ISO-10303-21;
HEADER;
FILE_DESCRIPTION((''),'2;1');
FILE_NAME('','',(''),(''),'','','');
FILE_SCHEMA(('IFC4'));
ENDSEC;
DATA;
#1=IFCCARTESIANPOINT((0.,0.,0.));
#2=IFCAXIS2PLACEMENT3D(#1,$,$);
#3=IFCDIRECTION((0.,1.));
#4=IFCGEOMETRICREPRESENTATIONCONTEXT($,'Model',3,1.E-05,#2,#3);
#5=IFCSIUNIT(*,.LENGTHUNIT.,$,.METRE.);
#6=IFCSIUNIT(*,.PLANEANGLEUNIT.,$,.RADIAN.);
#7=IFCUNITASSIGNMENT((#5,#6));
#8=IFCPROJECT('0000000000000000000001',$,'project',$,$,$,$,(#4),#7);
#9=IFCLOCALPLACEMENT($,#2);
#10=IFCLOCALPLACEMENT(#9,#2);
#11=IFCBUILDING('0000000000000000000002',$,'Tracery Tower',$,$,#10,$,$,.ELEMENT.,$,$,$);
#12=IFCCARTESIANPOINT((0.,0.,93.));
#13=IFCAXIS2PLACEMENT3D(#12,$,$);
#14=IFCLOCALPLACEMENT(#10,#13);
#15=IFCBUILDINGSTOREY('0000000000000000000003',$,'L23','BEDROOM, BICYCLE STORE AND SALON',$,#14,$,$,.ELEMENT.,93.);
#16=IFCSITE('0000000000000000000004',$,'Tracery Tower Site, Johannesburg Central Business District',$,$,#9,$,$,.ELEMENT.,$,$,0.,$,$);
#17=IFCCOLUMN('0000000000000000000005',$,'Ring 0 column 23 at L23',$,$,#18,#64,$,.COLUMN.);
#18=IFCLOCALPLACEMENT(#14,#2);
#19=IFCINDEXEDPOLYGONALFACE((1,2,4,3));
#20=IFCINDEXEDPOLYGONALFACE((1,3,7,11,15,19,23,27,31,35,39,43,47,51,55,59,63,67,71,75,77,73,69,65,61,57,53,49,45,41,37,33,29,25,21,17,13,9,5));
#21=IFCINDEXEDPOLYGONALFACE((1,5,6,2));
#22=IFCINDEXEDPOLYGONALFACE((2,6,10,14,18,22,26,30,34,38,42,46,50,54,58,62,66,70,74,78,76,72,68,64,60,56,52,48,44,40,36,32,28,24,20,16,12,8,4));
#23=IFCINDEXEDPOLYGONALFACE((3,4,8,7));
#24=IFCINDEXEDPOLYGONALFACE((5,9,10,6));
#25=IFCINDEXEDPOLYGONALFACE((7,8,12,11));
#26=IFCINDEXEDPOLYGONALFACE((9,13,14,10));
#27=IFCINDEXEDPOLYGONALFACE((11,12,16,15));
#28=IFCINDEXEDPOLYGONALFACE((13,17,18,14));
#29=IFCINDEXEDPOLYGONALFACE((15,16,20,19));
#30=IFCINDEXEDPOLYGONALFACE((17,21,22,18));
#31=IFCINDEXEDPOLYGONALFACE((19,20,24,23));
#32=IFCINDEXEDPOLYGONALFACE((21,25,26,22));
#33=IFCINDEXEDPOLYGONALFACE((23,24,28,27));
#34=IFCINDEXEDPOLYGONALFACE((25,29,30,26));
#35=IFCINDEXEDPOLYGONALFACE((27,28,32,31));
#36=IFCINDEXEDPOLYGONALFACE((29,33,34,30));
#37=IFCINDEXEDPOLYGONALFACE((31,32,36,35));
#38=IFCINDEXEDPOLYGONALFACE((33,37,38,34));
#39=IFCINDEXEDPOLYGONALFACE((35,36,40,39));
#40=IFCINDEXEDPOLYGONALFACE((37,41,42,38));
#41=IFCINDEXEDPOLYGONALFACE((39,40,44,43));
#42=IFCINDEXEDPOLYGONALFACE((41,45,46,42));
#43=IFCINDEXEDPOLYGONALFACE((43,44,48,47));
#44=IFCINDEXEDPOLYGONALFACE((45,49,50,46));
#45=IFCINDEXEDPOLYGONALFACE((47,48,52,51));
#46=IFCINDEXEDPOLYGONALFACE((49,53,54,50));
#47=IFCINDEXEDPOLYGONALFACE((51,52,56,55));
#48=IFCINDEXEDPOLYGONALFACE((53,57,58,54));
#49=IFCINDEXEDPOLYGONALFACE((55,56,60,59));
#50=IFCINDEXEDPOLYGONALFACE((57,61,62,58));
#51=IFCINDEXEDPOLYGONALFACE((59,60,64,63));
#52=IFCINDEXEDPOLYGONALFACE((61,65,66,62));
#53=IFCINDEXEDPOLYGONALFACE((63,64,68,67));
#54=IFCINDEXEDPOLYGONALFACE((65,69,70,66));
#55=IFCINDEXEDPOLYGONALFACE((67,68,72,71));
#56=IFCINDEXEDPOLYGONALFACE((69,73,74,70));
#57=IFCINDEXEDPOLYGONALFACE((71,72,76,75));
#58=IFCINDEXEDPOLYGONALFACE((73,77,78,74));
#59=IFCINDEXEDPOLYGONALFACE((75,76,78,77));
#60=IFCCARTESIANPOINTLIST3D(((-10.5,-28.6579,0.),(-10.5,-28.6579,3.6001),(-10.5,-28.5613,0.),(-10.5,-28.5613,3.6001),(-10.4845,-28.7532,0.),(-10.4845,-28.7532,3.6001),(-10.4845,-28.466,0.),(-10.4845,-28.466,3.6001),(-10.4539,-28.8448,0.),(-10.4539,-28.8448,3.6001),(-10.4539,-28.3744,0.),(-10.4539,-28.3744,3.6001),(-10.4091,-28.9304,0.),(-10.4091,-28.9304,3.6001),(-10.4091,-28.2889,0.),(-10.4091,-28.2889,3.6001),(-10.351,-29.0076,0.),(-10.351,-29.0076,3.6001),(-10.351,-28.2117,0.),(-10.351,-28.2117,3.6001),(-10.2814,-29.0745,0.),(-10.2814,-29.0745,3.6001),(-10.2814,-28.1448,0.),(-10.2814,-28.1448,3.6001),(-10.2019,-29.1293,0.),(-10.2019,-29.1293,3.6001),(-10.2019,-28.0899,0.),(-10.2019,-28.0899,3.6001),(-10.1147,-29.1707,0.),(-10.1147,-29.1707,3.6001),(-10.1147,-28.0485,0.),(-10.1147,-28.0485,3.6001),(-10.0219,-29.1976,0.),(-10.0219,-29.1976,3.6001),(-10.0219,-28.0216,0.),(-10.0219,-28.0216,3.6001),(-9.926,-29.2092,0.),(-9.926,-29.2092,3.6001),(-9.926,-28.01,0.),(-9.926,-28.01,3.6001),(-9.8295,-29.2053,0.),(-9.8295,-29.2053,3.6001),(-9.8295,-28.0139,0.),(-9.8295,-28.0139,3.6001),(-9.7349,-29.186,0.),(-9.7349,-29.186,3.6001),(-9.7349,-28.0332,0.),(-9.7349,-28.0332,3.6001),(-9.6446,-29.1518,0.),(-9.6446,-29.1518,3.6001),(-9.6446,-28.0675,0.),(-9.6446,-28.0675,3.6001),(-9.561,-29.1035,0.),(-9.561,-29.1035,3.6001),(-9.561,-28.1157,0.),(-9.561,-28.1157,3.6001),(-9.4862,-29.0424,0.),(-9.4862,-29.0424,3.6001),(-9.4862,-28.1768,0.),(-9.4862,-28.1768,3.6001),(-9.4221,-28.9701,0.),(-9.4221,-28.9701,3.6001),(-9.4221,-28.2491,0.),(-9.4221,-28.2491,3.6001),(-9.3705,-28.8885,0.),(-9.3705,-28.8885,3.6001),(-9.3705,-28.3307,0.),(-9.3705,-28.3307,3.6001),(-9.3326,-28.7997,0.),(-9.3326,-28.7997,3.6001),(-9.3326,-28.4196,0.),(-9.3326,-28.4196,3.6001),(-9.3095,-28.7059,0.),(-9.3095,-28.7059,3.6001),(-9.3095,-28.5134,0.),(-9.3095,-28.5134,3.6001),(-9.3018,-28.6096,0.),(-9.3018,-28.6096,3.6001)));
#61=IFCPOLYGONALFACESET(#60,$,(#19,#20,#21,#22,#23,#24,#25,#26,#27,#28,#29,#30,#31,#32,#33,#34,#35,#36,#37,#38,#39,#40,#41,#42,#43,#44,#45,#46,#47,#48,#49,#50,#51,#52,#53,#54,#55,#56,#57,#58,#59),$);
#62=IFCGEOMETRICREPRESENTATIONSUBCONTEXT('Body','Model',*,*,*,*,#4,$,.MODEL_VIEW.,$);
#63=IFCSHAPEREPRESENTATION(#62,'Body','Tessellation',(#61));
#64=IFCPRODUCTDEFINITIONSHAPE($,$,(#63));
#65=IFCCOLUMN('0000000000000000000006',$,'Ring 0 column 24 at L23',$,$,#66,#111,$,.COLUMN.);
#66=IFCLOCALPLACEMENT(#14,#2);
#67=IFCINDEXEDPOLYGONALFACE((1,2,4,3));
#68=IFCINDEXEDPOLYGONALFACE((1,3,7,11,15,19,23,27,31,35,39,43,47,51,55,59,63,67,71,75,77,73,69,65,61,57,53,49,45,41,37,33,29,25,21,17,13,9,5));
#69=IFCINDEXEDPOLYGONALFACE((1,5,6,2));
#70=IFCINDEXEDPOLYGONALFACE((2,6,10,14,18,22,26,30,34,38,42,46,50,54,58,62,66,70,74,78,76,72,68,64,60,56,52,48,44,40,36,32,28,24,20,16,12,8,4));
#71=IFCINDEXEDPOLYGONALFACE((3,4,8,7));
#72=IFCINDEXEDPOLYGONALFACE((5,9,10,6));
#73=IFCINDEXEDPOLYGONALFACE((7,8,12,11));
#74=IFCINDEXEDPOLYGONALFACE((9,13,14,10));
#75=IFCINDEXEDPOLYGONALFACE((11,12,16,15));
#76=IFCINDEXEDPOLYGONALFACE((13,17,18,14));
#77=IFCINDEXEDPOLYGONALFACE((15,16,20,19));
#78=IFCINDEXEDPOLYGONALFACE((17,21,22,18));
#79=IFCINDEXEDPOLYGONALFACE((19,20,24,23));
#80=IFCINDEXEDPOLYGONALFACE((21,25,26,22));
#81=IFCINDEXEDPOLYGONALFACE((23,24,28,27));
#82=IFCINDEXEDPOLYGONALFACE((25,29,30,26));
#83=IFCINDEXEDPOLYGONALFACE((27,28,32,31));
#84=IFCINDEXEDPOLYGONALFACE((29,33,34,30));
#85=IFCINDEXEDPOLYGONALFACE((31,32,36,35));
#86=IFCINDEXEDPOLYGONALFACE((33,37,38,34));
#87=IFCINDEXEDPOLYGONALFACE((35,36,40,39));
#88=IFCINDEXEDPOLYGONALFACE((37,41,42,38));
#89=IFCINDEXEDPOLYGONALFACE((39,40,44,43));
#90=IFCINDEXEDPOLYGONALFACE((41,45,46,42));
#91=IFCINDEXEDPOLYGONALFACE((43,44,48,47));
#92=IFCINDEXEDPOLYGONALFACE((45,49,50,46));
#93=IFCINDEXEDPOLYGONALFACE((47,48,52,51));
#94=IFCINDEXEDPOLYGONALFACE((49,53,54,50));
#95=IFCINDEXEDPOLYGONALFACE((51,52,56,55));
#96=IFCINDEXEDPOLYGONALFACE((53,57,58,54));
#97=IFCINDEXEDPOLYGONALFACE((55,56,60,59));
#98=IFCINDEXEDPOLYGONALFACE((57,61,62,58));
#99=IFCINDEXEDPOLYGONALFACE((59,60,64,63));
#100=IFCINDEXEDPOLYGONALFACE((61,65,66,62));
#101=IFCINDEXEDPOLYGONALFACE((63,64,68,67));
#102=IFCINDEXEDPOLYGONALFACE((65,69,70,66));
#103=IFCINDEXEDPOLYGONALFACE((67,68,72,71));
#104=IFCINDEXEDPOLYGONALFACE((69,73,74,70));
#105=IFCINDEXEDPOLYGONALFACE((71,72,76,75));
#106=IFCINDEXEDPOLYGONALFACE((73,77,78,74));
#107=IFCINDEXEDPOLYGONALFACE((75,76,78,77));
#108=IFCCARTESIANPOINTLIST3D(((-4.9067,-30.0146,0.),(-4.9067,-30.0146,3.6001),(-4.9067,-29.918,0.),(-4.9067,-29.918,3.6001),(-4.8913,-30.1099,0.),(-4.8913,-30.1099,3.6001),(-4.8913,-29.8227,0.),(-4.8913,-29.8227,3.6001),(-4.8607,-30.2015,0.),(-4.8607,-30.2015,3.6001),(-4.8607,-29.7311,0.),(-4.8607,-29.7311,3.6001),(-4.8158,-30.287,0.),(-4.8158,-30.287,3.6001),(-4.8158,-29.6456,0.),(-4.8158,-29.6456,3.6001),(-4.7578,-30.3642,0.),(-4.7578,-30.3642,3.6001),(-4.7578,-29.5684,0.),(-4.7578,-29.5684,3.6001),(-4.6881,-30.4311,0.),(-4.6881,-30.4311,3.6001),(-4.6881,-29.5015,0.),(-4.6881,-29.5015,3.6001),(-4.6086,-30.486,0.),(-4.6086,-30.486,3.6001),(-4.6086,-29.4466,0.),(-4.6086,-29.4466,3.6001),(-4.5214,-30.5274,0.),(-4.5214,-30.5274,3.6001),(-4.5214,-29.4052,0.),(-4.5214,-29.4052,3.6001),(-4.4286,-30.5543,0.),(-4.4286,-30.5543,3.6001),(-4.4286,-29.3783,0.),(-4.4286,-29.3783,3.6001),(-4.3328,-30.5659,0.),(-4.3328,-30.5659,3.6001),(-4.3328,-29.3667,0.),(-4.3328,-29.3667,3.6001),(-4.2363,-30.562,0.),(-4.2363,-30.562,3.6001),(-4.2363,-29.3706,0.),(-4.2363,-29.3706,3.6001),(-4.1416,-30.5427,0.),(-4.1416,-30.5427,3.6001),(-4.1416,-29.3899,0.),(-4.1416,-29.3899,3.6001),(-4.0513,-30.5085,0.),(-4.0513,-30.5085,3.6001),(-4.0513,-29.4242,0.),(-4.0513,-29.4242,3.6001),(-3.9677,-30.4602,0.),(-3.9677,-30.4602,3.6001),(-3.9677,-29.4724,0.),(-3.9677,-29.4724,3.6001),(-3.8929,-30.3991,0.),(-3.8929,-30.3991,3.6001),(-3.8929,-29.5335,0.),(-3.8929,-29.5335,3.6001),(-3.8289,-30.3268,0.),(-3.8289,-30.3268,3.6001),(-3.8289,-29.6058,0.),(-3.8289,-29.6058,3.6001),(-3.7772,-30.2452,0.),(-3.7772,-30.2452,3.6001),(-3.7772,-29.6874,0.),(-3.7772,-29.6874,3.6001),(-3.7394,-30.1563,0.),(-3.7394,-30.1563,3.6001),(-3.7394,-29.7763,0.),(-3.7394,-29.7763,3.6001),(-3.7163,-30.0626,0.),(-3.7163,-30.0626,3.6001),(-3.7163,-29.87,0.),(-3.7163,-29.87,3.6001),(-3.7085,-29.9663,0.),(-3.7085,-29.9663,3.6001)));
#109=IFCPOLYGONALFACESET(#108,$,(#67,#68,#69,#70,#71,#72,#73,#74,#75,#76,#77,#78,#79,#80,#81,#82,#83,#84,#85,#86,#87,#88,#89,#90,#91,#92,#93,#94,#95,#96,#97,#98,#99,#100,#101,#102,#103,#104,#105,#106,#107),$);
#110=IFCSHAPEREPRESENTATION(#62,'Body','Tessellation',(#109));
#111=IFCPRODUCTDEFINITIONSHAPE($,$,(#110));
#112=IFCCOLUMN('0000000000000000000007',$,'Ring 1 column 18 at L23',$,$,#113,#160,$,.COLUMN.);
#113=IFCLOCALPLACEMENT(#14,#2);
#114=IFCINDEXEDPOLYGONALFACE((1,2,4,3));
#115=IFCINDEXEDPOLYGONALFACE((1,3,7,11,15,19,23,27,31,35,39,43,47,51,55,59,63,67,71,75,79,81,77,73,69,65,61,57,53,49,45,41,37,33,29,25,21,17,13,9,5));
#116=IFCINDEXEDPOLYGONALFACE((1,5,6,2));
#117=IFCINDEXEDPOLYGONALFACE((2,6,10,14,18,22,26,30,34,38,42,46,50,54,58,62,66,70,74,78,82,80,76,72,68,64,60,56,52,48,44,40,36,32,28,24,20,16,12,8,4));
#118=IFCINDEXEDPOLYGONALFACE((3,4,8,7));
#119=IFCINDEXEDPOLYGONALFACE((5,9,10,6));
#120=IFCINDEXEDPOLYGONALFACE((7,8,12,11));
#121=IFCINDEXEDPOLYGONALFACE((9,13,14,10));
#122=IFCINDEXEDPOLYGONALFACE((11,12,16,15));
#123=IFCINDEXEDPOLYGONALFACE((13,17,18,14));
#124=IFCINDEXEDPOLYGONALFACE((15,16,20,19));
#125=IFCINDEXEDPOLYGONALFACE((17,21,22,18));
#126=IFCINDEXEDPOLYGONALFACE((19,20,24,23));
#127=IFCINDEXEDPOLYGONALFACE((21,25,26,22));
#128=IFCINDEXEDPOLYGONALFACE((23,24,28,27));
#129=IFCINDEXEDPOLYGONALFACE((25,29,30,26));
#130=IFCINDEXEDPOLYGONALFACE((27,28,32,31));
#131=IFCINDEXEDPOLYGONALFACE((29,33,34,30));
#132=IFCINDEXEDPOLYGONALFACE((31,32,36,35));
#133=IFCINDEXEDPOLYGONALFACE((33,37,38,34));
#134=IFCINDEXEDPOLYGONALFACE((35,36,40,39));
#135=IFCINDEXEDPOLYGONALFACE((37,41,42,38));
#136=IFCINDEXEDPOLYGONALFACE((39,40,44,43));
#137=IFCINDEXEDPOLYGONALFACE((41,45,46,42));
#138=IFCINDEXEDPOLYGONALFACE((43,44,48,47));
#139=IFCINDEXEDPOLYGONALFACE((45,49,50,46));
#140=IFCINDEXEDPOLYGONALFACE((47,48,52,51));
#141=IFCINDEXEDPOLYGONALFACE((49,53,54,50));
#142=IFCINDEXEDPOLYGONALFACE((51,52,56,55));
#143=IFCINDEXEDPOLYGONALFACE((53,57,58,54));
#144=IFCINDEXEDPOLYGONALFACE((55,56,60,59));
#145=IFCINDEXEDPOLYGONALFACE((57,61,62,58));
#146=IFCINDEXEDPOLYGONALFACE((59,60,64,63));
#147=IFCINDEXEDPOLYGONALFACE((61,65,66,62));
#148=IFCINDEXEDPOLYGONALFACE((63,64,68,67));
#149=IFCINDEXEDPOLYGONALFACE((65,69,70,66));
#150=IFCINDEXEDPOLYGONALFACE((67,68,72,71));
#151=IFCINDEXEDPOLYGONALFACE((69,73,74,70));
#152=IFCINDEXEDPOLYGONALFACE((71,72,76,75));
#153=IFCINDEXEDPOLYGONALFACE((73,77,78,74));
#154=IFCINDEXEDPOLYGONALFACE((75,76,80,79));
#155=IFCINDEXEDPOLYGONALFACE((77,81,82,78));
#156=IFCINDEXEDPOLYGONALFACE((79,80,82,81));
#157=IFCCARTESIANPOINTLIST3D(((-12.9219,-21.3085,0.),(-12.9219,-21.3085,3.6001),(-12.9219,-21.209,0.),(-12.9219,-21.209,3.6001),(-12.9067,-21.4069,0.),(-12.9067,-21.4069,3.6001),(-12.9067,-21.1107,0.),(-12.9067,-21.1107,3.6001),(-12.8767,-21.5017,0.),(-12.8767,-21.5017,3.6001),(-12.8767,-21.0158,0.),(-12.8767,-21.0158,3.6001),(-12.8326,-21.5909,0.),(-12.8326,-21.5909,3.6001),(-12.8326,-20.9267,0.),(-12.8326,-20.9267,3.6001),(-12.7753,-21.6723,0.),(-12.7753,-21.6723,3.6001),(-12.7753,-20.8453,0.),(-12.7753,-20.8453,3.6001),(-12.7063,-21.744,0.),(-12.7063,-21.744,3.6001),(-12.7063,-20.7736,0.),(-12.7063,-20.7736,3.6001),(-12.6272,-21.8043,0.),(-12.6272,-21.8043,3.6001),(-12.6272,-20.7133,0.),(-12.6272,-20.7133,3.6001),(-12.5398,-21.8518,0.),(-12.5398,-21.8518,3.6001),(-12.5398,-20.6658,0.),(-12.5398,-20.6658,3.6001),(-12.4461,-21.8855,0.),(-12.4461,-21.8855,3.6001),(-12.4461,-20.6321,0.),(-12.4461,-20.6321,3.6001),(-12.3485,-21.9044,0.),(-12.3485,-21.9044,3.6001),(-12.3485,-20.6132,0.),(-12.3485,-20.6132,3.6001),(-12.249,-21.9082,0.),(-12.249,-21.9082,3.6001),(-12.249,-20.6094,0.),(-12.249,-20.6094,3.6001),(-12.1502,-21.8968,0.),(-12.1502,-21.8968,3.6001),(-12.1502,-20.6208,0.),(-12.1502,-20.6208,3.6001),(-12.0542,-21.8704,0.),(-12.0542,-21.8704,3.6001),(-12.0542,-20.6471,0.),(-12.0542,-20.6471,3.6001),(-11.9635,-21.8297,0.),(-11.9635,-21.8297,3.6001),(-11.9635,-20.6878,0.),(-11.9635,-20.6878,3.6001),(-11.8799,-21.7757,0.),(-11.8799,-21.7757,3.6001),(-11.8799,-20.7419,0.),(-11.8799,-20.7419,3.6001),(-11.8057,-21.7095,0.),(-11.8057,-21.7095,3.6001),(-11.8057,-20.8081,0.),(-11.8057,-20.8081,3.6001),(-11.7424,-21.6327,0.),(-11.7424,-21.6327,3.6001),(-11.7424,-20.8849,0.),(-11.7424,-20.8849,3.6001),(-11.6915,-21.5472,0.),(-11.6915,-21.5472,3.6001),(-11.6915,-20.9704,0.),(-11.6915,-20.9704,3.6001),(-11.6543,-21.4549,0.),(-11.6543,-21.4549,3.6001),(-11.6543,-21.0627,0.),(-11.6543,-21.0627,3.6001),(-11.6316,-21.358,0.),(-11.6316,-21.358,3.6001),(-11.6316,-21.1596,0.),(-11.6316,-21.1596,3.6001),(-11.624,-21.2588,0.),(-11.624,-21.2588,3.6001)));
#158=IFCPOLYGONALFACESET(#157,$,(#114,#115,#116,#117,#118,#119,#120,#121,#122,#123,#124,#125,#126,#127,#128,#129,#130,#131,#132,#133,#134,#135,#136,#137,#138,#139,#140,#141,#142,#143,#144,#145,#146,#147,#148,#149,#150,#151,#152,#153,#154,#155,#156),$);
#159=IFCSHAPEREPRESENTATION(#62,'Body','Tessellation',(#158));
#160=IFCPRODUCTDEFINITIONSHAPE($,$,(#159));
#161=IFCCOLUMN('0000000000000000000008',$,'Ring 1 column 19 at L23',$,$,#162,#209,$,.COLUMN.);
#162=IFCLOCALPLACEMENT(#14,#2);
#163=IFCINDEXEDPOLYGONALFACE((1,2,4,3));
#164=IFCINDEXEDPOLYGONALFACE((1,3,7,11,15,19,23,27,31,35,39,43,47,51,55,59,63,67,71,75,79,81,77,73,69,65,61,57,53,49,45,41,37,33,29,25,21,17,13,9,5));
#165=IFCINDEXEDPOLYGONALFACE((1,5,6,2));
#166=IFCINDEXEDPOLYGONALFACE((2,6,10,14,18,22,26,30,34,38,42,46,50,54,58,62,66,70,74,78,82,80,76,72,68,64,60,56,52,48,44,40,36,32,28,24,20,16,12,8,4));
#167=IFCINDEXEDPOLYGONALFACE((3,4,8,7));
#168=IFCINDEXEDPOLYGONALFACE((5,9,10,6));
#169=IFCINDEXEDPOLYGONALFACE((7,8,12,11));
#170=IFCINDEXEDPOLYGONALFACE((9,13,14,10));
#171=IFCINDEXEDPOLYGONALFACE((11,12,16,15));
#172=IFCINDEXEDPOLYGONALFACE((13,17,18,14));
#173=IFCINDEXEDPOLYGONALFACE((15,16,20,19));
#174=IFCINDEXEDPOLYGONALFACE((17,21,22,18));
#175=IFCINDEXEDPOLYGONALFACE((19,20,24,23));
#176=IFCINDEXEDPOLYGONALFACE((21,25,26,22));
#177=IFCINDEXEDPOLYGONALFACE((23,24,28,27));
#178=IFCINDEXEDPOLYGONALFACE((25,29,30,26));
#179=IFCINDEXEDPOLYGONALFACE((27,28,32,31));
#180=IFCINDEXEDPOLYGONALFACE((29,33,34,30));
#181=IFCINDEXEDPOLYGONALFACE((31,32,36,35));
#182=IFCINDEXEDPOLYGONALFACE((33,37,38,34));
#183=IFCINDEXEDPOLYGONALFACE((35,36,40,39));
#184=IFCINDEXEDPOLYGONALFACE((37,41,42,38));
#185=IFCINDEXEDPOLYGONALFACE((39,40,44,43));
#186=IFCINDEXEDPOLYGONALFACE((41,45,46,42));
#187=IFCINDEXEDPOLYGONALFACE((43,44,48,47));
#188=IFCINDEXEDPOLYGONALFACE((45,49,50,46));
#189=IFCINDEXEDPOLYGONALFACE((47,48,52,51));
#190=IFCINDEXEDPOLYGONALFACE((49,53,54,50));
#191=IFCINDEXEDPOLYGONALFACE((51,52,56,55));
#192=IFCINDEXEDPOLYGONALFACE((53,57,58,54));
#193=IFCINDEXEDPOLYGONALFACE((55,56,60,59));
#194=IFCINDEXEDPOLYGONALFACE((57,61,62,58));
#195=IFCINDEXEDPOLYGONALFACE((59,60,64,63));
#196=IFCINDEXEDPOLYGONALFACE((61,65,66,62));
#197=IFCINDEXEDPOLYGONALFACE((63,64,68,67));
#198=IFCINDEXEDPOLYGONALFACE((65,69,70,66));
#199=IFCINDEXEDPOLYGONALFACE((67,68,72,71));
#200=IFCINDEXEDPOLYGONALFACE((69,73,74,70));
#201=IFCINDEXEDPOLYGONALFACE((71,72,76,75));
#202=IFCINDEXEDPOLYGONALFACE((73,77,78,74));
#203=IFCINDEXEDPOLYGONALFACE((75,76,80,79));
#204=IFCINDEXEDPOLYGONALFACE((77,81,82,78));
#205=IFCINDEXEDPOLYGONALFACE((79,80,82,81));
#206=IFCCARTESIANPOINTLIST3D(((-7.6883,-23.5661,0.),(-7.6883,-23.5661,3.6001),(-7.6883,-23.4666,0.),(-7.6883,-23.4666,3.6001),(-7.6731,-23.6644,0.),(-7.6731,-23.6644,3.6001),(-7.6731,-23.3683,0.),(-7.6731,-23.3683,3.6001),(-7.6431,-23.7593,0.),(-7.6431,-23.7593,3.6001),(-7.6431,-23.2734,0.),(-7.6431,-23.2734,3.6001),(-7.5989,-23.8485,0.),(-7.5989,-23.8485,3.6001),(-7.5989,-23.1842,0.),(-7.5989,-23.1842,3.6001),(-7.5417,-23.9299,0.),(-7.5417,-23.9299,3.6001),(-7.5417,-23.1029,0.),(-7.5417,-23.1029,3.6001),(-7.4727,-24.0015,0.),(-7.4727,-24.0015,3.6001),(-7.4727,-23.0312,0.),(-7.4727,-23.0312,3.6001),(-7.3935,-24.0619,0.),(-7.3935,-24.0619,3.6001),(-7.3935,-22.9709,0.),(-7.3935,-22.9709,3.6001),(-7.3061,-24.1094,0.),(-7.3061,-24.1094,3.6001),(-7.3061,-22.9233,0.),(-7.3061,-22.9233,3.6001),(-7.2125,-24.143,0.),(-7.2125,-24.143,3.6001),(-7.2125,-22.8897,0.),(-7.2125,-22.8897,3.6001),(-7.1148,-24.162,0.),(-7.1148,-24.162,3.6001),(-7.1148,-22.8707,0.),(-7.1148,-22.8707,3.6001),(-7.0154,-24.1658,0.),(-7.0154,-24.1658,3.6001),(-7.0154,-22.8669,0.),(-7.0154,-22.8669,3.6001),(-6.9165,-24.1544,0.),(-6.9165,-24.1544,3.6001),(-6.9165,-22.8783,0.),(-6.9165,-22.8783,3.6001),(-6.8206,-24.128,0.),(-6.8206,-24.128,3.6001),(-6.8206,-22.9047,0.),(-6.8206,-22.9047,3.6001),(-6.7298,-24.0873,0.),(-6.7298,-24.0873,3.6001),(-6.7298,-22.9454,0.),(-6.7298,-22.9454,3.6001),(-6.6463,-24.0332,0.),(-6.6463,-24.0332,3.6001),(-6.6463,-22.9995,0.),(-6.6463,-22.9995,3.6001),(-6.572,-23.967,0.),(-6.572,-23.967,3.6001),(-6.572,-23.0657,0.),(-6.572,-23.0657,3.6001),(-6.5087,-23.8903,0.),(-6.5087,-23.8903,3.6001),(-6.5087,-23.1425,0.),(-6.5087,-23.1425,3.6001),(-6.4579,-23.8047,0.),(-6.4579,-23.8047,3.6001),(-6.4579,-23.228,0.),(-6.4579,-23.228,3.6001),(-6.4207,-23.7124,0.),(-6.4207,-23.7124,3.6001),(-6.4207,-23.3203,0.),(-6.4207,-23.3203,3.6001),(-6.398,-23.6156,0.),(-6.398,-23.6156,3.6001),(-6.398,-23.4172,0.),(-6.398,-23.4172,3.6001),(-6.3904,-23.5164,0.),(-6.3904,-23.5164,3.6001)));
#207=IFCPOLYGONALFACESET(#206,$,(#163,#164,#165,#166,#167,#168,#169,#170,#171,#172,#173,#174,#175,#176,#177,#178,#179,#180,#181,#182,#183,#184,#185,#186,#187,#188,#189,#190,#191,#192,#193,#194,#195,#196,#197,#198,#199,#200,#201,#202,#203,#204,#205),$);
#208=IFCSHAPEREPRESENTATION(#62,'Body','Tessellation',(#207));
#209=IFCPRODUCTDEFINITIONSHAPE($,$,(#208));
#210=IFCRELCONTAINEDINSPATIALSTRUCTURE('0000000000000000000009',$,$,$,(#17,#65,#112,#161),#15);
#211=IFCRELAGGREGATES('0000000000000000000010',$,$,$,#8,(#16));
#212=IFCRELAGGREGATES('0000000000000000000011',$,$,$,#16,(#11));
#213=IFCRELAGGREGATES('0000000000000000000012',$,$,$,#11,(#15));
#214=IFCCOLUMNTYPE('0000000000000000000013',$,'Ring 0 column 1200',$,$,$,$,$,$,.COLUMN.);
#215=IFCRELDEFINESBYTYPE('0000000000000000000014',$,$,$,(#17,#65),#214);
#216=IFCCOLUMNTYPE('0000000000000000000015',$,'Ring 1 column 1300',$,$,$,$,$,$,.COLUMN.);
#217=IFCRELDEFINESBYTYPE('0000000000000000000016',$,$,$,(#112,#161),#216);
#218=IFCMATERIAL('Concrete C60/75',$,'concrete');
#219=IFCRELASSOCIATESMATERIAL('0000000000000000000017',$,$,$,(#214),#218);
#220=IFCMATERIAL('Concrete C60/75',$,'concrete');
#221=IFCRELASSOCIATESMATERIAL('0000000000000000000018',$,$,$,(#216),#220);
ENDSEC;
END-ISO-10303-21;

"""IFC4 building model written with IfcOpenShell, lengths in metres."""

from ifc_helpers import new_model, si_unit, direction, frame, origin, origin_2d, place, context, subcontext, project, spatial, circle, extrude, material, material_profile, profile_set, type_object, element, save


model = new_model("IFC4")

# Units and contexts
model_context = context("Model", 3, precision=1e-05, world=origin(), true_north=direction((0.0, 1.0)))
body_context = subcontext(model_context, "Body", "Model", "MODEL_VIEW")
ifc_project = project(units=[si_unit("LENGTHUNIT", "METRE"), si_unit("PLANEANGLEUNIT", "RADIAN")], contexts=[model_context])

# Site, building, storey
site_placement = place(None, origin())
site = spatial("IfcSite", under=ifc_project, at=site_placement, Name="Tracery Tower Site, Johannesburg Central Business District", CompositionType="ELEMENT", RefElevation=0.0)
building_placement = place(site_placement, origin())
building = spatial("IfcBuilding", under=site, at=building_placement, Name="Tracery Tower", CompositionType="ELEMENT")
storey_placement = place(building_placement, frame((0.0, 0.0, 93.0)))
storey = spatial("IfcBuildingStorey", under=building, at=storey_placement, Name="L23", Description="BEDROOM, BICYCLE STORE AND SALON", CompositionType="ELEMENT", Elevation=93.0)

# Columns
ifc_material_1 = material(Name="Concrete C60/75", Category="concrete")
ifc_material_profile_1 = material_profile(ifc_material_1, circle(Radius=0.6001, at=origin_2d()), Name="RC D1200")
ifc_profile_set_1 = profile_set([ifc_material_profile_1], Name="Concrete C60/75")
column_type_1 = type_object("IfcColumnType", Name="Ring 0 column 1200", PredefinedType="COLUMN", material=ifc_profile_set_1)
for number, where, z_axis, x_axis, name in (
    (1, (-9.9019, -28.6096, 0.0), (0.0, 0.0, 1.0), (1.0, 0.0, 0.0), "Ring 0 column 23 at L23"),
    (2, (-4.3086, -29.9663, 0.0), (0.0, 0.0, 1.0), (1.0, 0.0, 0.0), "Ring 0 column 24 at L23"),
):
    element("IfcColumn", number, at=place(storey_placement, frame(where, z_axis=z_axis, x_axis=x_axis)), inside=storey, type_object=column_type_1, Name=name, PredefinedType="COLUMN", context=body_context, shape_type="SweptSolid", body=[
        extrude(circle(Radius=0.6001, at=origin_2d()), origin(), (0.0, 0.0, 1.0), 3.6001),
    ])
ifc_material_2 = material(Name="Concrete C60/75", Category="concrete")
ifc_material_profile_2 = material_profile(ifc_material_2, circle(Radius=0.6499, at=origin_2d()), Name="RC D1300")
ifc_profile_set_2 = profile_set([ifc_material_profile_2], Name="Concrete C60/75")
column_type_2 = type_object("IfcColumnType", Name="Ring 1 column 1300", PredefinedType="COLUMN", material=ifc_profile_set_2)
for number, where, z_axis, x_axis, name in (
    (3, (-12.2739, -21.2588, 0.0), (0.0, 0.0, 1.0), (1.0, 0.0, 0.0), "Ring 1 column 18 at L23"),
    (4, (-7.0403, -23.5164, 0.0), (0.0, 0.0, 1.0), (1.0, 0.0, 0.0), "Ring 1 column 19 at L23"),
):
    element("IfcColumn", number, at=place(storey_placement, frame(where, z_axis=z_axis, x_axis=x_axis)), inside=storey, type_object=column_type_2, Name=name, PredefinedType="COLUMN", context=body_context, shape_type="SweptSolid", body=[
        extrude(circle(Radius=0.6499, at=origin_2d()), origin(), (0.0, 0.0, 1.0), 3.6001),
    ])

save(model, "model.ifc")
